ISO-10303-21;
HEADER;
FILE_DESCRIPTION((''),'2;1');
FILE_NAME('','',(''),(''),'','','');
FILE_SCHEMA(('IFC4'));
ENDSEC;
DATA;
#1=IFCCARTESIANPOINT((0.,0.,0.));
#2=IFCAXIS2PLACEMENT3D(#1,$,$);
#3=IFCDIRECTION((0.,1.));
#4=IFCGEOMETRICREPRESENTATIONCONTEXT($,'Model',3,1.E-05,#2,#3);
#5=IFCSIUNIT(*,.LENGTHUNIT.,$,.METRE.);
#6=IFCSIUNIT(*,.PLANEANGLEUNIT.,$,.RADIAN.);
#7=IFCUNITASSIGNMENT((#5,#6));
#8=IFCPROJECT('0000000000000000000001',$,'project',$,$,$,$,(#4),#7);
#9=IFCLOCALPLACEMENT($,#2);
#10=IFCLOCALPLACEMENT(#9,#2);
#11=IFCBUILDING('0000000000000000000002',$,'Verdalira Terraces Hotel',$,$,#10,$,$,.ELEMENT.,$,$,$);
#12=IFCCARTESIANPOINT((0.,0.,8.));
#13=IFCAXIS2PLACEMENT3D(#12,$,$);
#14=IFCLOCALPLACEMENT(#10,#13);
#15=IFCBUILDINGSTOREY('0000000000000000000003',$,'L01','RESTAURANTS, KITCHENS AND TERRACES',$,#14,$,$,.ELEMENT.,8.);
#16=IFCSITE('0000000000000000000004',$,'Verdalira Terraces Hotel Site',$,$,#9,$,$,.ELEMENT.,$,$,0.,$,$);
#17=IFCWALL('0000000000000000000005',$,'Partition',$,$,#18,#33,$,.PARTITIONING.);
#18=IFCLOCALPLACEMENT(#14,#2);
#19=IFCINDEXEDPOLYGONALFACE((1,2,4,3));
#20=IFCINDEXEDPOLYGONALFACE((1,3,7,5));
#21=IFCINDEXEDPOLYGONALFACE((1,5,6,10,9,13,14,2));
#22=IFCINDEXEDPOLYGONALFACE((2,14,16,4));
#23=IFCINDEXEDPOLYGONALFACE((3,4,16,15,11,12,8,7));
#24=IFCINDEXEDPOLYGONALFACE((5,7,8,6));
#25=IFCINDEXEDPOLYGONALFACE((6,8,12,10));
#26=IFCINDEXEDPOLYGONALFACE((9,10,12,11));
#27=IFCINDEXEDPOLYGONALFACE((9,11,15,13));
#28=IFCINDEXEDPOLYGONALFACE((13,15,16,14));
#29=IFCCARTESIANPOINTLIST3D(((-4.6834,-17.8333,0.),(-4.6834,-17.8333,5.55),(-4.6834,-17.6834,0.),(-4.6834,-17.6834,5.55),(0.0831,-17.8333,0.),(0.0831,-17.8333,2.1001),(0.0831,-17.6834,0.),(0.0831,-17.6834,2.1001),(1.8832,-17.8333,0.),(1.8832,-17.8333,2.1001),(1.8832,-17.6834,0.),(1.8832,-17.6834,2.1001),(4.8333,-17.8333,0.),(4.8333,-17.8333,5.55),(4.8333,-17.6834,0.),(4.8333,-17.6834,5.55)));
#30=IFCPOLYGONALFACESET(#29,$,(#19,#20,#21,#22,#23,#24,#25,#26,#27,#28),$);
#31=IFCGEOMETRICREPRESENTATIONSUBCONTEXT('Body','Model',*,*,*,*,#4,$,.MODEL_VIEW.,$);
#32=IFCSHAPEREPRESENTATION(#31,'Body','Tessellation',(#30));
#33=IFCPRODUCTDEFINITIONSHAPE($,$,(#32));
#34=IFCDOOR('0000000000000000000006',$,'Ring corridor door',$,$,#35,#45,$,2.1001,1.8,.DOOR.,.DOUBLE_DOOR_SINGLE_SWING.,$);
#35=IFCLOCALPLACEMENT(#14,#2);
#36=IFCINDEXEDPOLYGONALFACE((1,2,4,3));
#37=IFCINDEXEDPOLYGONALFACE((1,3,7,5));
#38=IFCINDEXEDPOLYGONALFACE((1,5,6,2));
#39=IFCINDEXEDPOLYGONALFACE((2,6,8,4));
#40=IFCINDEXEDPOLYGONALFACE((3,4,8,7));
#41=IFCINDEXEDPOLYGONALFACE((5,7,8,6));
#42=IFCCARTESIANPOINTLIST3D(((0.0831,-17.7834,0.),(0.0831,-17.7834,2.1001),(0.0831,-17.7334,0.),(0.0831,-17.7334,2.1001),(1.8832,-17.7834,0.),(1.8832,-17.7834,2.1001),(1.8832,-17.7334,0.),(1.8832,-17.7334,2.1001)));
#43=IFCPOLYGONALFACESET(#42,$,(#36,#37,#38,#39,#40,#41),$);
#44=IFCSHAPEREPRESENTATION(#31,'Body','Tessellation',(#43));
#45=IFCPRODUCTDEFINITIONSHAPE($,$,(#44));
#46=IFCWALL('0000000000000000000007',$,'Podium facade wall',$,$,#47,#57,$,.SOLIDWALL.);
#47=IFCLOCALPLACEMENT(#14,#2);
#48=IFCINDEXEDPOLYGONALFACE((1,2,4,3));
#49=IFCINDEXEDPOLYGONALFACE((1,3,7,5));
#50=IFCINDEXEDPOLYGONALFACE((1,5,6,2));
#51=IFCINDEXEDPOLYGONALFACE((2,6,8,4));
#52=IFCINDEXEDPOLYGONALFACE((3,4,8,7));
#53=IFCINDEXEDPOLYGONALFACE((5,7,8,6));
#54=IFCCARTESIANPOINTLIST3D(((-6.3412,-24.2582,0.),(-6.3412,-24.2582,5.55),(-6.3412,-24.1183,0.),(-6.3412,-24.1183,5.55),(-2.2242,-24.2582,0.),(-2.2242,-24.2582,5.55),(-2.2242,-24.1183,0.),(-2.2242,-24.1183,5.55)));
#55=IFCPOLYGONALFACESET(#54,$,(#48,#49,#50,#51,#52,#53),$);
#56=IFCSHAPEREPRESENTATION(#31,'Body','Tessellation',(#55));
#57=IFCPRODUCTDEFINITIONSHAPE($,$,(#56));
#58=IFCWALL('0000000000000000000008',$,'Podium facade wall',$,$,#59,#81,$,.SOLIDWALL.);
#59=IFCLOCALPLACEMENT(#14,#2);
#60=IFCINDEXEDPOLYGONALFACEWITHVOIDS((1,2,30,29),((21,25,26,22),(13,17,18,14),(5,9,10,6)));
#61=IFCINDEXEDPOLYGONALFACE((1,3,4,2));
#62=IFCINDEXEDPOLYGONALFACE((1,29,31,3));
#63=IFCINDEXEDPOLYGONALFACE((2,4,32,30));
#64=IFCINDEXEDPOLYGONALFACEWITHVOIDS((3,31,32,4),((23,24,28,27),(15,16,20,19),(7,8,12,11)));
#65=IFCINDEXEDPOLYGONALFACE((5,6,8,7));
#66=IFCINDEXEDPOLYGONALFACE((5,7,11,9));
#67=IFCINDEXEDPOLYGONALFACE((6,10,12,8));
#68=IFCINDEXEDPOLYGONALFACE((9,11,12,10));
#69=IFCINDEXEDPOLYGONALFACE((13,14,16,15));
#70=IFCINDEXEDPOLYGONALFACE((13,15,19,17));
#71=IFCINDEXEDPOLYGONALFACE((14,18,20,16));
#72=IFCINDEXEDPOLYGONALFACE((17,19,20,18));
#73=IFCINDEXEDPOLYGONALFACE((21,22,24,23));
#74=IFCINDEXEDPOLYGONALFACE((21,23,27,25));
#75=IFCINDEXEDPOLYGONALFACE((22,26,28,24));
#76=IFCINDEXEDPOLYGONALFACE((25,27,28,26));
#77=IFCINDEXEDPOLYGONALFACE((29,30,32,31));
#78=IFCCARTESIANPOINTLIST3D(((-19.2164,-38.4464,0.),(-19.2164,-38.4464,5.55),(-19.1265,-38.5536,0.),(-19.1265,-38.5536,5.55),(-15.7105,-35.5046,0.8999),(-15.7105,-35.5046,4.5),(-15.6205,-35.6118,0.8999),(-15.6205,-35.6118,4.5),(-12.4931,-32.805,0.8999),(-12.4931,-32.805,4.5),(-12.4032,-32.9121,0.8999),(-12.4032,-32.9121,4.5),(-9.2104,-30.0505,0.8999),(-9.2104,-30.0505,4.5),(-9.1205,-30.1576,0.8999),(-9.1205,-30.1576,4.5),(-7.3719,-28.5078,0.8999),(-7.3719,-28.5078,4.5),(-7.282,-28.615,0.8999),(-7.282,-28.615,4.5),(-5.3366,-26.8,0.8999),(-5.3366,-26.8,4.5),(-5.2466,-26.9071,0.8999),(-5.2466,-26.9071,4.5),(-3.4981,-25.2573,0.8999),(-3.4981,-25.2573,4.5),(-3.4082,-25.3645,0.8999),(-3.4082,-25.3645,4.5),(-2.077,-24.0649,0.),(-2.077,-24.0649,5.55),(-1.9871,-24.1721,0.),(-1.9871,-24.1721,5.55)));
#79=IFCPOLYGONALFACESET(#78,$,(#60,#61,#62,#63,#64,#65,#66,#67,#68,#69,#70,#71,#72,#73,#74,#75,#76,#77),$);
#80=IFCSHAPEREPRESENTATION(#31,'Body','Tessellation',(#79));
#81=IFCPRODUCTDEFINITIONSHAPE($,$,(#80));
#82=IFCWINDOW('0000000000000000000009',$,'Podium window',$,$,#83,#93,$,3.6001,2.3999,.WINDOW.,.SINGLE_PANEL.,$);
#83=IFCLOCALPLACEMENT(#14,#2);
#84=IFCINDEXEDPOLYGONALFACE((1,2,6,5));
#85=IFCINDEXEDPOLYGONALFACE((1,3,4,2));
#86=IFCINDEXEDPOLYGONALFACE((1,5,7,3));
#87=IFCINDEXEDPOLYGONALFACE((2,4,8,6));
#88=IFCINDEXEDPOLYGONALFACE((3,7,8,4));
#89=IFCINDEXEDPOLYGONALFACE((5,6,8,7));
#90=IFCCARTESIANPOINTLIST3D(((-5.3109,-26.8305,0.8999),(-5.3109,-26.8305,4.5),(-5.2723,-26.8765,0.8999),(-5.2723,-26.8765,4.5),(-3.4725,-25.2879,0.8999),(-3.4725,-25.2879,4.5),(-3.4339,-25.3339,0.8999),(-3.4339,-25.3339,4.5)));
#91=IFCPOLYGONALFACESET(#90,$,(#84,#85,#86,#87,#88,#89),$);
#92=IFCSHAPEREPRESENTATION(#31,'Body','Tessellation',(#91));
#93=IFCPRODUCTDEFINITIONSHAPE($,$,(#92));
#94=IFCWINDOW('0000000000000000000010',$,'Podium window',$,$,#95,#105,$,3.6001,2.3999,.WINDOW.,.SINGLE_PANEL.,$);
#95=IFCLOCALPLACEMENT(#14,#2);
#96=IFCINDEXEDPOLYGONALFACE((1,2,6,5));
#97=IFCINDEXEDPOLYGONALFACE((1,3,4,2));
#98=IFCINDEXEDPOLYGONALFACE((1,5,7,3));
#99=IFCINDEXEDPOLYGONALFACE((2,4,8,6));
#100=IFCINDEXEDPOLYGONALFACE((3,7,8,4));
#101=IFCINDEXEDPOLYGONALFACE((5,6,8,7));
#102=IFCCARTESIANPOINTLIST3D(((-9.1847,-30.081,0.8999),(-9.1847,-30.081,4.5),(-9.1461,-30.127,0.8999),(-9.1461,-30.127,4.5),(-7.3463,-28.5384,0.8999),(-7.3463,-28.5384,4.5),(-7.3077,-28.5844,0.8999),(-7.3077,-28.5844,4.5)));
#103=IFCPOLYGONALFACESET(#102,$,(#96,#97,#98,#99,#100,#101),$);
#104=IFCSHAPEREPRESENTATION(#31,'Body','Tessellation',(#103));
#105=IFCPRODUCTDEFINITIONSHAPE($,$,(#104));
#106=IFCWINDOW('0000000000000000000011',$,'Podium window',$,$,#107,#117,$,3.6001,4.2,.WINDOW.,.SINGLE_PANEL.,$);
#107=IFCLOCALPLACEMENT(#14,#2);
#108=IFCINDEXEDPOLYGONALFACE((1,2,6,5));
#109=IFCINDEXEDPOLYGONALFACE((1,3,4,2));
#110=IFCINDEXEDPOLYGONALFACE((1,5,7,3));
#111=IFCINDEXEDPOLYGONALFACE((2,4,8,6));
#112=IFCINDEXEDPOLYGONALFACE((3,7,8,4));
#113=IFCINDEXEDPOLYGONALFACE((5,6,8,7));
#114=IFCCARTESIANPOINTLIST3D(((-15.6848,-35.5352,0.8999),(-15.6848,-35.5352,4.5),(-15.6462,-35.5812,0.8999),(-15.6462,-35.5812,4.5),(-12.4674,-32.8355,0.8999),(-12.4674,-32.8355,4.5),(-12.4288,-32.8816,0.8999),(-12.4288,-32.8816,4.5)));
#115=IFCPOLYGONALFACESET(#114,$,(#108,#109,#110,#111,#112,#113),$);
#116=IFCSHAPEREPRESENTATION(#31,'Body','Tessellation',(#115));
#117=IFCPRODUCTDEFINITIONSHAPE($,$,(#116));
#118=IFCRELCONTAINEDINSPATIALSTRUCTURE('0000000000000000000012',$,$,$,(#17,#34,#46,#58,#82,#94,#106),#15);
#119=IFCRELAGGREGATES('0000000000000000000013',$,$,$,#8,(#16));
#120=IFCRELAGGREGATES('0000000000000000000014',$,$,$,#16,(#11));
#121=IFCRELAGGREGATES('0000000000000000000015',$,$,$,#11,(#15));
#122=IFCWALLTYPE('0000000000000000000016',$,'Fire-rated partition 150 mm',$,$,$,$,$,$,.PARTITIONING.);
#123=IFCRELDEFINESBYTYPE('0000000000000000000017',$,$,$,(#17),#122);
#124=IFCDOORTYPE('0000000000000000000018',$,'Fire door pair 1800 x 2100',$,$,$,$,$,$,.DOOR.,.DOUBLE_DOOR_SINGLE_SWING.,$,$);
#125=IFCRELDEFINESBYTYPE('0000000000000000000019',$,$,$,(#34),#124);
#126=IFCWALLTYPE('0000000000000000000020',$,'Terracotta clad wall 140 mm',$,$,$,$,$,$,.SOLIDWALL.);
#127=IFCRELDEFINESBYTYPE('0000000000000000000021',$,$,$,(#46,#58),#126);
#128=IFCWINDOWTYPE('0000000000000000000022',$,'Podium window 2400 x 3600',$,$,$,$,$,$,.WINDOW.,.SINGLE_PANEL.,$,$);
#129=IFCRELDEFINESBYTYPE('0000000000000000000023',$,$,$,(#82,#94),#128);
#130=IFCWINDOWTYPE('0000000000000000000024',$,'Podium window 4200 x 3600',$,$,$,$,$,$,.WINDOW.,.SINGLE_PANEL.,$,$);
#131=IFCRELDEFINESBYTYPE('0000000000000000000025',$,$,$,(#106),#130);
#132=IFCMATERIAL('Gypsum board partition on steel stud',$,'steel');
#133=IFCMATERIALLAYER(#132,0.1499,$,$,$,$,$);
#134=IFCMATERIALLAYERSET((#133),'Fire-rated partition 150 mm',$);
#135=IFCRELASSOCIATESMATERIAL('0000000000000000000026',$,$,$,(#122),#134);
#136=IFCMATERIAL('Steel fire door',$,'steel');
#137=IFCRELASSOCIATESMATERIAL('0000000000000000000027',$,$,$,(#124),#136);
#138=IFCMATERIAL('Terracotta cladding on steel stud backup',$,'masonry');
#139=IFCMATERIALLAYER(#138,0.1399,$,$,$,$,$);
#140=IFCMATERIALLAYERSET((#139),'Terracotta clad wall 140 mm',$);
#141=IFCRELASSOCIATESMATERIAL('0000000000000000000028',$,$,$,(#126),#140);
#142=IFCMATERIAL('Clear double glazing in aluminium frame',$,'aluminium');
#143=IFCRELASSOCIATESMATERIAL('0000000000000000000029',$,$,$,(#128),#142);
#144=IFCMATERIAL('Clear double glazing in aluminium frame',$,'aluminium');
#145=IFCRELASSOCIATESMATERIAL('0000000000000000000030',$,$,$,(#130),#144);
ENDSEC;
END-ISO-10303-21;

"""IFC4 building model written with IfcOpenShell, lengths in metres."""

from ifc_helpers import new_model, si_unit, direction, frame, frame_2d, origin, place, context, subcontext, project, spatial, rectangle, extrude, material, layer, layer_set, type_object, element, fill, save


model = new_model("IFC4")

# Units and contexts
model_context = context("Model", 3, precision=1e-05, world=origin(), true_north=direction((0.0, 1.0)))
body_context = subcontext(model_context, "Body", "Model", "MODEL_VIEW")
ifc_project = project(units=[si_unit("LENGTHUNIT", "METRE"), si_unit("PLANEANGLEUNIT", "RADIAN")], contexts=[model_context])

# Site, building, storey
site_placement = place(None, origin())
site = spatial("IfcSite", under=ifc_project, at=site_placement, Name="Verdalira Terraces Hotel Site", CompositionType="ELEMENT", RefElevation=0.0)
building_placement = place(site_placement, origin())
building = spatial("IfcBuilding", under=site, at=building_placement, Name="Verdalira Terraces Hotel", CompositionType="ELEMENT")
storey_placement = place(building_placement, frame((0.0, 0.0, 8.0)))
storey = spatial("IfcBuildingStorey", under=building, at=storey_placement, Name="L01", Description="RESTAURANTS, KITCHENS AND TERRACES", CompositionType="ELEMENT", Elevation=8.0)

# Wall, opening, door
ifc_material_1 = material(Name="Gypsum board partition on steel stud", Category="steel")
ifc_layer_1 = layer(ifc_material_1, 0.1499)
ifc_layer_set_1 = layer_set([ifc_layer_1], Name="Fire-rated partition 150 mm")
wall_type_1 = type_object("IfcWallType", Name="Fire-rated partition 150 mm", PredefinedType="PARTITIONING", material=ifc_layer_set_1)
wall_1_placement = place(storey_placement, frame((-4.6833, -17.7583, 0.0), z_axis=(0.0, 0.0, 1.0), x_axis=(1.0, 0.0, 0.0)))
wall_1 = element("IfcWall", 1, at=wall_1_placement, inside=storey, type_object=wall_type_1, Name="Partition", PredefinedType="PARTITIONING", context=body_context, shape_type="SweptSolid", body=[
    extrude(rectangle(XDim=9.5166, YDim=0.1499, at=frame_2d((4.7583, 0.0))), origin(), (0.0, 0.0, 1.0), 5.55),
])
opening_1_placement = place(wall_1_placement, frame((4.7666, 0.0, 0.0)))
opening_1 = element("IfcOpeningElement", 2, at=opening_1_placement, cuts=wall_1, PredefinedType="OPENING", context=body_context, shape_type="SweptSolid", body=[
    extrude(rectangle(XDim=1.8, YDim=2.1001, at=frame_2d((0.8999, 1.05))), frame((0.0, 0.085, 0.0), z_axis=(0.0, -1.0, 0.0), x_axis=(1.0, 0.0, 0.0)), (0.0, 0.0, 1.0), 0.1699),
])
ifc_material_2 = material(Name="Steel fire door", Category="steel")
door_type_1 = type_object("IfcDoorType", Name="Fire door pair 1800 x 2100", OperationType="DOUBLE_DOOR_SINGLE_SWING", PredefinedType="DOOR", material=ifc_material_2)
door_1_placement = place(opening_1_placement, origin())
door_1 = element("IfcDoor", 3, at=door_1_placement, inside=storey, type_object=door_type_1, Name="Ring corridor door", OperationType="DOUBLE_DOOR_SINGLE_SWING", OverallHeight=2.1001, OverallWidth=1.8, PredefinedType="DOOR", context=body_context, shape_type="SweptSolid", body=[
    extrude(rectangle(XDim=1.8, YDim=2.1001, at=frame_2d((0.8999, 1.05))), frame((0.0, 0.0249, 0.0), z_axis=(0.0, -1.0, 0.0), x_axis=(1.0, 0.0, 0.0)), (0.0, 0.0, 1.0), 0.05),
])
fill(opening_1, door_1)

# Wall
ifc_material_3 = material(Name="Terracotta cladding on steel stud backup", Category="masonry")
ifc_layer_2 = layer(ifc_material_3, 0.1399)
ifc_layer_set_2 = layer_set([ifc_layer_2], Name="Terracotta clad wall 140 mm")
wall_type_2 = type_object("IfcWallType", Name="Terracotta clad wall 140 mm", PredefinedType="SOLIDWALL", material=ifc_layer_set_2)
wall_2_placement = place(storey_placement, frame((-6.3413, -24.1882, 0.0), z_axis=(0.0, 0.0, 1.0), x_axis=(1.0, 0.0, 0.0)))
element("IfcWall", 4, at=wall_2_placement, inside=storey, type_object=wall_type_2, Name="Podium facade wall", PredefinedType="SOLIDWALL", context=body_context, shape_type="SweptSolid", body=[
    extrude(rectangle(XDim=4.1169, YDim=0.1399, at=frame_2d((2.0586, 0.0))), origin(), (0.0, 0.0, 1.0), 5.55),
])

# Wall, openings, windows
wall_3_placement = place(storey_placement, frame((-2.032, -24.1184, 0.0), z_axis=(0.0, 0.0, 1.0), x_axis=(-0.766046, -0.642786, 0.0)))
wall_3 = element("IfcWall", 5, at=wall_3_placement, inside=storey, type_object=wall_type_2, Name="Podium facade wall", PredefinedType="SOLIDWALL", context=body_context, shape_type="SweptSolid", body=[
    extrude(rectangle(XDim=22.3738, YDim=0.1399, at=frame_2d((11.187, 0.0))), origin(), (0.0, 0.0, 1.0), 5.55),
])
opening_2_placement = place(wall_3_placement, frame((1.8552, 0.0, 0.8999)))
opening_2 = element("IfcOpeningElement", 6, at=opening_2_placement, cuts=wall_3, PredefinedType="OPENING", context=body_context, shape_type="SweptSolid", body=[
    extrude(rectangle(XDim=2.3999, YDim=3.6001, at=frame_2d((1.2, 1.8))), frame((0.0, 0.0798, 0.0), z_axis=(0.0, -1.0, 0.0), x_axis=(1.0, 0.0, 0.0)), (0.0, 0.0, 1.0), 0.1599),
])
opening_3_placement = place(wall_3_placement, frame((6.9121, 0.0, 0.8999)))
opening_3 = element("IfcOpeningElement", 7, at=opening_3_placement, cuts=wall_3, PredefinedType="OPENING", context=body_context, shape_type="SweptSolid", body=[
    extrude(rectangle(XDim=2.3999, YDim=3.6001, at=frame_2d((1.2, 1.8))), frame((0.0, 0.0798, 0.0), z_axis=(0.0, -1.0, 0.0), x_axis=(1.0, 0.0, 0.0)), (0.0, 0.0, 1.0), 0.1599),
])
opening_4_placement = place(wall_3_placement, frame((13.5972, 0.0, 0.8999)))
opening_4 = element("IfcOpeningElement", 8, at=opening_4_placement, cuts=wall_3, PredefinedType="OPENING", context=body_context, shape_type="SweptSolid", body=[
    extrude(rectangle(XDim=4.2, YDim=3.6001, at=frame_2d((2.1001, 1.8))), frame((0.0, 0.0798, 0.0), z_axis=(0.0, -1.0, 0.0), x_axis=(1.0, 0.0, 0.0)), (0.0, 0.0, 1.0), 0.1599),
])
ifc_material_4 = material(Name="Clear double glazing in aluminium frame", Category="aluminium")
window_type_1 = type_object("IfcWindowType", Name="Podium window 2400 x 3600", PartitioningType="SINGLE_PANEL", PredefinedType="WINDOW", material=ifc_material_4)
window_1_placement = place(opening_2_placement, origin())
window_1 = element("IfcWindow", 9, at=window_1_placement, inside=storey, type_object=window_type_1, Name="Podium window", OverallHeight=3.6001, OverallWidth=2.3999, PartitioningType="SINGLE_PANEL", PredefinedType="WINDOW", context=body_context, shape_type="SweptSolid", body=[
    extrude(rectangle(XDim=2.3999, YDim=3.6001, at=frame_2d((1.2, 1.8))), frame((0.0, 0.03, 0.0), z_axis=(0.0, -1.0, 0.0), x_axis=(1.0, 0.0, 0.0)), (0.0, 0.0, 1.0), 0.0601),
])
fill(opening_2, window_1)
window_2_placement = place(opening_3_placement, origin())
window_2 = element("IfcWindow", 10, at=window_2_placement, inside=storey, type_object=window_type_1, Name="Podium window", OverallHeight=3.6001, OverallWidth=2.3999, PartitioningType="SINGLE_PANEL", PredefinedType="WINDOW", context=body_context, shape_type="SweptSolid", body=[
    extrude(rectangle(XDim=2.3999, YDim=3.6001, at=frame_2d((1.2, 1.8))), frame((0.0, 0.03, 0.0), z_axis=(0.0, -1.0, 0.0), x_axis=(1.0, 0.0, 0.0)), (0.0, 0.0, 1.0), 0.0601),
])
fill(opening_3, window_2)
ifc_material_5 = material(Name="Clear double glazing in aluminium frame", Category="aluminium")
window_type_2 = type_object("IfcWindowType", Name="Podium window 4200 x 3600", PartitioningType="SINGLE_PANEL", PredefinedType="WINDOW", material=ifc_material_5)
window_3_placement = place(opening_4_placement, origin())
window_3 = element("IfcWindow", 11, at=window_3_placement, inside=storey, type_object=window_type_2, Name="Podium window", OverallHeight=3.6001, OverallWidth=4.2, PartitioningType="SINGLE_PANEL", PredefinedType="WINDOW", context=body_context, shape_type="SweptSolid", body=[
    extrude(rectangle(XDim=4.2, YDim=3.6001, at=frame_2d((2.1001, 1.8))), frame((0.0, 0.03, 0.0), z_axis=(0.0, -1.0, 0.0), x_axis=(1.0, 0.0, 0.0)), (0.0, 0.0, 1.0), 0.0601),
])
fill(opening_4, window_3)

save(model, "model.ifc")
